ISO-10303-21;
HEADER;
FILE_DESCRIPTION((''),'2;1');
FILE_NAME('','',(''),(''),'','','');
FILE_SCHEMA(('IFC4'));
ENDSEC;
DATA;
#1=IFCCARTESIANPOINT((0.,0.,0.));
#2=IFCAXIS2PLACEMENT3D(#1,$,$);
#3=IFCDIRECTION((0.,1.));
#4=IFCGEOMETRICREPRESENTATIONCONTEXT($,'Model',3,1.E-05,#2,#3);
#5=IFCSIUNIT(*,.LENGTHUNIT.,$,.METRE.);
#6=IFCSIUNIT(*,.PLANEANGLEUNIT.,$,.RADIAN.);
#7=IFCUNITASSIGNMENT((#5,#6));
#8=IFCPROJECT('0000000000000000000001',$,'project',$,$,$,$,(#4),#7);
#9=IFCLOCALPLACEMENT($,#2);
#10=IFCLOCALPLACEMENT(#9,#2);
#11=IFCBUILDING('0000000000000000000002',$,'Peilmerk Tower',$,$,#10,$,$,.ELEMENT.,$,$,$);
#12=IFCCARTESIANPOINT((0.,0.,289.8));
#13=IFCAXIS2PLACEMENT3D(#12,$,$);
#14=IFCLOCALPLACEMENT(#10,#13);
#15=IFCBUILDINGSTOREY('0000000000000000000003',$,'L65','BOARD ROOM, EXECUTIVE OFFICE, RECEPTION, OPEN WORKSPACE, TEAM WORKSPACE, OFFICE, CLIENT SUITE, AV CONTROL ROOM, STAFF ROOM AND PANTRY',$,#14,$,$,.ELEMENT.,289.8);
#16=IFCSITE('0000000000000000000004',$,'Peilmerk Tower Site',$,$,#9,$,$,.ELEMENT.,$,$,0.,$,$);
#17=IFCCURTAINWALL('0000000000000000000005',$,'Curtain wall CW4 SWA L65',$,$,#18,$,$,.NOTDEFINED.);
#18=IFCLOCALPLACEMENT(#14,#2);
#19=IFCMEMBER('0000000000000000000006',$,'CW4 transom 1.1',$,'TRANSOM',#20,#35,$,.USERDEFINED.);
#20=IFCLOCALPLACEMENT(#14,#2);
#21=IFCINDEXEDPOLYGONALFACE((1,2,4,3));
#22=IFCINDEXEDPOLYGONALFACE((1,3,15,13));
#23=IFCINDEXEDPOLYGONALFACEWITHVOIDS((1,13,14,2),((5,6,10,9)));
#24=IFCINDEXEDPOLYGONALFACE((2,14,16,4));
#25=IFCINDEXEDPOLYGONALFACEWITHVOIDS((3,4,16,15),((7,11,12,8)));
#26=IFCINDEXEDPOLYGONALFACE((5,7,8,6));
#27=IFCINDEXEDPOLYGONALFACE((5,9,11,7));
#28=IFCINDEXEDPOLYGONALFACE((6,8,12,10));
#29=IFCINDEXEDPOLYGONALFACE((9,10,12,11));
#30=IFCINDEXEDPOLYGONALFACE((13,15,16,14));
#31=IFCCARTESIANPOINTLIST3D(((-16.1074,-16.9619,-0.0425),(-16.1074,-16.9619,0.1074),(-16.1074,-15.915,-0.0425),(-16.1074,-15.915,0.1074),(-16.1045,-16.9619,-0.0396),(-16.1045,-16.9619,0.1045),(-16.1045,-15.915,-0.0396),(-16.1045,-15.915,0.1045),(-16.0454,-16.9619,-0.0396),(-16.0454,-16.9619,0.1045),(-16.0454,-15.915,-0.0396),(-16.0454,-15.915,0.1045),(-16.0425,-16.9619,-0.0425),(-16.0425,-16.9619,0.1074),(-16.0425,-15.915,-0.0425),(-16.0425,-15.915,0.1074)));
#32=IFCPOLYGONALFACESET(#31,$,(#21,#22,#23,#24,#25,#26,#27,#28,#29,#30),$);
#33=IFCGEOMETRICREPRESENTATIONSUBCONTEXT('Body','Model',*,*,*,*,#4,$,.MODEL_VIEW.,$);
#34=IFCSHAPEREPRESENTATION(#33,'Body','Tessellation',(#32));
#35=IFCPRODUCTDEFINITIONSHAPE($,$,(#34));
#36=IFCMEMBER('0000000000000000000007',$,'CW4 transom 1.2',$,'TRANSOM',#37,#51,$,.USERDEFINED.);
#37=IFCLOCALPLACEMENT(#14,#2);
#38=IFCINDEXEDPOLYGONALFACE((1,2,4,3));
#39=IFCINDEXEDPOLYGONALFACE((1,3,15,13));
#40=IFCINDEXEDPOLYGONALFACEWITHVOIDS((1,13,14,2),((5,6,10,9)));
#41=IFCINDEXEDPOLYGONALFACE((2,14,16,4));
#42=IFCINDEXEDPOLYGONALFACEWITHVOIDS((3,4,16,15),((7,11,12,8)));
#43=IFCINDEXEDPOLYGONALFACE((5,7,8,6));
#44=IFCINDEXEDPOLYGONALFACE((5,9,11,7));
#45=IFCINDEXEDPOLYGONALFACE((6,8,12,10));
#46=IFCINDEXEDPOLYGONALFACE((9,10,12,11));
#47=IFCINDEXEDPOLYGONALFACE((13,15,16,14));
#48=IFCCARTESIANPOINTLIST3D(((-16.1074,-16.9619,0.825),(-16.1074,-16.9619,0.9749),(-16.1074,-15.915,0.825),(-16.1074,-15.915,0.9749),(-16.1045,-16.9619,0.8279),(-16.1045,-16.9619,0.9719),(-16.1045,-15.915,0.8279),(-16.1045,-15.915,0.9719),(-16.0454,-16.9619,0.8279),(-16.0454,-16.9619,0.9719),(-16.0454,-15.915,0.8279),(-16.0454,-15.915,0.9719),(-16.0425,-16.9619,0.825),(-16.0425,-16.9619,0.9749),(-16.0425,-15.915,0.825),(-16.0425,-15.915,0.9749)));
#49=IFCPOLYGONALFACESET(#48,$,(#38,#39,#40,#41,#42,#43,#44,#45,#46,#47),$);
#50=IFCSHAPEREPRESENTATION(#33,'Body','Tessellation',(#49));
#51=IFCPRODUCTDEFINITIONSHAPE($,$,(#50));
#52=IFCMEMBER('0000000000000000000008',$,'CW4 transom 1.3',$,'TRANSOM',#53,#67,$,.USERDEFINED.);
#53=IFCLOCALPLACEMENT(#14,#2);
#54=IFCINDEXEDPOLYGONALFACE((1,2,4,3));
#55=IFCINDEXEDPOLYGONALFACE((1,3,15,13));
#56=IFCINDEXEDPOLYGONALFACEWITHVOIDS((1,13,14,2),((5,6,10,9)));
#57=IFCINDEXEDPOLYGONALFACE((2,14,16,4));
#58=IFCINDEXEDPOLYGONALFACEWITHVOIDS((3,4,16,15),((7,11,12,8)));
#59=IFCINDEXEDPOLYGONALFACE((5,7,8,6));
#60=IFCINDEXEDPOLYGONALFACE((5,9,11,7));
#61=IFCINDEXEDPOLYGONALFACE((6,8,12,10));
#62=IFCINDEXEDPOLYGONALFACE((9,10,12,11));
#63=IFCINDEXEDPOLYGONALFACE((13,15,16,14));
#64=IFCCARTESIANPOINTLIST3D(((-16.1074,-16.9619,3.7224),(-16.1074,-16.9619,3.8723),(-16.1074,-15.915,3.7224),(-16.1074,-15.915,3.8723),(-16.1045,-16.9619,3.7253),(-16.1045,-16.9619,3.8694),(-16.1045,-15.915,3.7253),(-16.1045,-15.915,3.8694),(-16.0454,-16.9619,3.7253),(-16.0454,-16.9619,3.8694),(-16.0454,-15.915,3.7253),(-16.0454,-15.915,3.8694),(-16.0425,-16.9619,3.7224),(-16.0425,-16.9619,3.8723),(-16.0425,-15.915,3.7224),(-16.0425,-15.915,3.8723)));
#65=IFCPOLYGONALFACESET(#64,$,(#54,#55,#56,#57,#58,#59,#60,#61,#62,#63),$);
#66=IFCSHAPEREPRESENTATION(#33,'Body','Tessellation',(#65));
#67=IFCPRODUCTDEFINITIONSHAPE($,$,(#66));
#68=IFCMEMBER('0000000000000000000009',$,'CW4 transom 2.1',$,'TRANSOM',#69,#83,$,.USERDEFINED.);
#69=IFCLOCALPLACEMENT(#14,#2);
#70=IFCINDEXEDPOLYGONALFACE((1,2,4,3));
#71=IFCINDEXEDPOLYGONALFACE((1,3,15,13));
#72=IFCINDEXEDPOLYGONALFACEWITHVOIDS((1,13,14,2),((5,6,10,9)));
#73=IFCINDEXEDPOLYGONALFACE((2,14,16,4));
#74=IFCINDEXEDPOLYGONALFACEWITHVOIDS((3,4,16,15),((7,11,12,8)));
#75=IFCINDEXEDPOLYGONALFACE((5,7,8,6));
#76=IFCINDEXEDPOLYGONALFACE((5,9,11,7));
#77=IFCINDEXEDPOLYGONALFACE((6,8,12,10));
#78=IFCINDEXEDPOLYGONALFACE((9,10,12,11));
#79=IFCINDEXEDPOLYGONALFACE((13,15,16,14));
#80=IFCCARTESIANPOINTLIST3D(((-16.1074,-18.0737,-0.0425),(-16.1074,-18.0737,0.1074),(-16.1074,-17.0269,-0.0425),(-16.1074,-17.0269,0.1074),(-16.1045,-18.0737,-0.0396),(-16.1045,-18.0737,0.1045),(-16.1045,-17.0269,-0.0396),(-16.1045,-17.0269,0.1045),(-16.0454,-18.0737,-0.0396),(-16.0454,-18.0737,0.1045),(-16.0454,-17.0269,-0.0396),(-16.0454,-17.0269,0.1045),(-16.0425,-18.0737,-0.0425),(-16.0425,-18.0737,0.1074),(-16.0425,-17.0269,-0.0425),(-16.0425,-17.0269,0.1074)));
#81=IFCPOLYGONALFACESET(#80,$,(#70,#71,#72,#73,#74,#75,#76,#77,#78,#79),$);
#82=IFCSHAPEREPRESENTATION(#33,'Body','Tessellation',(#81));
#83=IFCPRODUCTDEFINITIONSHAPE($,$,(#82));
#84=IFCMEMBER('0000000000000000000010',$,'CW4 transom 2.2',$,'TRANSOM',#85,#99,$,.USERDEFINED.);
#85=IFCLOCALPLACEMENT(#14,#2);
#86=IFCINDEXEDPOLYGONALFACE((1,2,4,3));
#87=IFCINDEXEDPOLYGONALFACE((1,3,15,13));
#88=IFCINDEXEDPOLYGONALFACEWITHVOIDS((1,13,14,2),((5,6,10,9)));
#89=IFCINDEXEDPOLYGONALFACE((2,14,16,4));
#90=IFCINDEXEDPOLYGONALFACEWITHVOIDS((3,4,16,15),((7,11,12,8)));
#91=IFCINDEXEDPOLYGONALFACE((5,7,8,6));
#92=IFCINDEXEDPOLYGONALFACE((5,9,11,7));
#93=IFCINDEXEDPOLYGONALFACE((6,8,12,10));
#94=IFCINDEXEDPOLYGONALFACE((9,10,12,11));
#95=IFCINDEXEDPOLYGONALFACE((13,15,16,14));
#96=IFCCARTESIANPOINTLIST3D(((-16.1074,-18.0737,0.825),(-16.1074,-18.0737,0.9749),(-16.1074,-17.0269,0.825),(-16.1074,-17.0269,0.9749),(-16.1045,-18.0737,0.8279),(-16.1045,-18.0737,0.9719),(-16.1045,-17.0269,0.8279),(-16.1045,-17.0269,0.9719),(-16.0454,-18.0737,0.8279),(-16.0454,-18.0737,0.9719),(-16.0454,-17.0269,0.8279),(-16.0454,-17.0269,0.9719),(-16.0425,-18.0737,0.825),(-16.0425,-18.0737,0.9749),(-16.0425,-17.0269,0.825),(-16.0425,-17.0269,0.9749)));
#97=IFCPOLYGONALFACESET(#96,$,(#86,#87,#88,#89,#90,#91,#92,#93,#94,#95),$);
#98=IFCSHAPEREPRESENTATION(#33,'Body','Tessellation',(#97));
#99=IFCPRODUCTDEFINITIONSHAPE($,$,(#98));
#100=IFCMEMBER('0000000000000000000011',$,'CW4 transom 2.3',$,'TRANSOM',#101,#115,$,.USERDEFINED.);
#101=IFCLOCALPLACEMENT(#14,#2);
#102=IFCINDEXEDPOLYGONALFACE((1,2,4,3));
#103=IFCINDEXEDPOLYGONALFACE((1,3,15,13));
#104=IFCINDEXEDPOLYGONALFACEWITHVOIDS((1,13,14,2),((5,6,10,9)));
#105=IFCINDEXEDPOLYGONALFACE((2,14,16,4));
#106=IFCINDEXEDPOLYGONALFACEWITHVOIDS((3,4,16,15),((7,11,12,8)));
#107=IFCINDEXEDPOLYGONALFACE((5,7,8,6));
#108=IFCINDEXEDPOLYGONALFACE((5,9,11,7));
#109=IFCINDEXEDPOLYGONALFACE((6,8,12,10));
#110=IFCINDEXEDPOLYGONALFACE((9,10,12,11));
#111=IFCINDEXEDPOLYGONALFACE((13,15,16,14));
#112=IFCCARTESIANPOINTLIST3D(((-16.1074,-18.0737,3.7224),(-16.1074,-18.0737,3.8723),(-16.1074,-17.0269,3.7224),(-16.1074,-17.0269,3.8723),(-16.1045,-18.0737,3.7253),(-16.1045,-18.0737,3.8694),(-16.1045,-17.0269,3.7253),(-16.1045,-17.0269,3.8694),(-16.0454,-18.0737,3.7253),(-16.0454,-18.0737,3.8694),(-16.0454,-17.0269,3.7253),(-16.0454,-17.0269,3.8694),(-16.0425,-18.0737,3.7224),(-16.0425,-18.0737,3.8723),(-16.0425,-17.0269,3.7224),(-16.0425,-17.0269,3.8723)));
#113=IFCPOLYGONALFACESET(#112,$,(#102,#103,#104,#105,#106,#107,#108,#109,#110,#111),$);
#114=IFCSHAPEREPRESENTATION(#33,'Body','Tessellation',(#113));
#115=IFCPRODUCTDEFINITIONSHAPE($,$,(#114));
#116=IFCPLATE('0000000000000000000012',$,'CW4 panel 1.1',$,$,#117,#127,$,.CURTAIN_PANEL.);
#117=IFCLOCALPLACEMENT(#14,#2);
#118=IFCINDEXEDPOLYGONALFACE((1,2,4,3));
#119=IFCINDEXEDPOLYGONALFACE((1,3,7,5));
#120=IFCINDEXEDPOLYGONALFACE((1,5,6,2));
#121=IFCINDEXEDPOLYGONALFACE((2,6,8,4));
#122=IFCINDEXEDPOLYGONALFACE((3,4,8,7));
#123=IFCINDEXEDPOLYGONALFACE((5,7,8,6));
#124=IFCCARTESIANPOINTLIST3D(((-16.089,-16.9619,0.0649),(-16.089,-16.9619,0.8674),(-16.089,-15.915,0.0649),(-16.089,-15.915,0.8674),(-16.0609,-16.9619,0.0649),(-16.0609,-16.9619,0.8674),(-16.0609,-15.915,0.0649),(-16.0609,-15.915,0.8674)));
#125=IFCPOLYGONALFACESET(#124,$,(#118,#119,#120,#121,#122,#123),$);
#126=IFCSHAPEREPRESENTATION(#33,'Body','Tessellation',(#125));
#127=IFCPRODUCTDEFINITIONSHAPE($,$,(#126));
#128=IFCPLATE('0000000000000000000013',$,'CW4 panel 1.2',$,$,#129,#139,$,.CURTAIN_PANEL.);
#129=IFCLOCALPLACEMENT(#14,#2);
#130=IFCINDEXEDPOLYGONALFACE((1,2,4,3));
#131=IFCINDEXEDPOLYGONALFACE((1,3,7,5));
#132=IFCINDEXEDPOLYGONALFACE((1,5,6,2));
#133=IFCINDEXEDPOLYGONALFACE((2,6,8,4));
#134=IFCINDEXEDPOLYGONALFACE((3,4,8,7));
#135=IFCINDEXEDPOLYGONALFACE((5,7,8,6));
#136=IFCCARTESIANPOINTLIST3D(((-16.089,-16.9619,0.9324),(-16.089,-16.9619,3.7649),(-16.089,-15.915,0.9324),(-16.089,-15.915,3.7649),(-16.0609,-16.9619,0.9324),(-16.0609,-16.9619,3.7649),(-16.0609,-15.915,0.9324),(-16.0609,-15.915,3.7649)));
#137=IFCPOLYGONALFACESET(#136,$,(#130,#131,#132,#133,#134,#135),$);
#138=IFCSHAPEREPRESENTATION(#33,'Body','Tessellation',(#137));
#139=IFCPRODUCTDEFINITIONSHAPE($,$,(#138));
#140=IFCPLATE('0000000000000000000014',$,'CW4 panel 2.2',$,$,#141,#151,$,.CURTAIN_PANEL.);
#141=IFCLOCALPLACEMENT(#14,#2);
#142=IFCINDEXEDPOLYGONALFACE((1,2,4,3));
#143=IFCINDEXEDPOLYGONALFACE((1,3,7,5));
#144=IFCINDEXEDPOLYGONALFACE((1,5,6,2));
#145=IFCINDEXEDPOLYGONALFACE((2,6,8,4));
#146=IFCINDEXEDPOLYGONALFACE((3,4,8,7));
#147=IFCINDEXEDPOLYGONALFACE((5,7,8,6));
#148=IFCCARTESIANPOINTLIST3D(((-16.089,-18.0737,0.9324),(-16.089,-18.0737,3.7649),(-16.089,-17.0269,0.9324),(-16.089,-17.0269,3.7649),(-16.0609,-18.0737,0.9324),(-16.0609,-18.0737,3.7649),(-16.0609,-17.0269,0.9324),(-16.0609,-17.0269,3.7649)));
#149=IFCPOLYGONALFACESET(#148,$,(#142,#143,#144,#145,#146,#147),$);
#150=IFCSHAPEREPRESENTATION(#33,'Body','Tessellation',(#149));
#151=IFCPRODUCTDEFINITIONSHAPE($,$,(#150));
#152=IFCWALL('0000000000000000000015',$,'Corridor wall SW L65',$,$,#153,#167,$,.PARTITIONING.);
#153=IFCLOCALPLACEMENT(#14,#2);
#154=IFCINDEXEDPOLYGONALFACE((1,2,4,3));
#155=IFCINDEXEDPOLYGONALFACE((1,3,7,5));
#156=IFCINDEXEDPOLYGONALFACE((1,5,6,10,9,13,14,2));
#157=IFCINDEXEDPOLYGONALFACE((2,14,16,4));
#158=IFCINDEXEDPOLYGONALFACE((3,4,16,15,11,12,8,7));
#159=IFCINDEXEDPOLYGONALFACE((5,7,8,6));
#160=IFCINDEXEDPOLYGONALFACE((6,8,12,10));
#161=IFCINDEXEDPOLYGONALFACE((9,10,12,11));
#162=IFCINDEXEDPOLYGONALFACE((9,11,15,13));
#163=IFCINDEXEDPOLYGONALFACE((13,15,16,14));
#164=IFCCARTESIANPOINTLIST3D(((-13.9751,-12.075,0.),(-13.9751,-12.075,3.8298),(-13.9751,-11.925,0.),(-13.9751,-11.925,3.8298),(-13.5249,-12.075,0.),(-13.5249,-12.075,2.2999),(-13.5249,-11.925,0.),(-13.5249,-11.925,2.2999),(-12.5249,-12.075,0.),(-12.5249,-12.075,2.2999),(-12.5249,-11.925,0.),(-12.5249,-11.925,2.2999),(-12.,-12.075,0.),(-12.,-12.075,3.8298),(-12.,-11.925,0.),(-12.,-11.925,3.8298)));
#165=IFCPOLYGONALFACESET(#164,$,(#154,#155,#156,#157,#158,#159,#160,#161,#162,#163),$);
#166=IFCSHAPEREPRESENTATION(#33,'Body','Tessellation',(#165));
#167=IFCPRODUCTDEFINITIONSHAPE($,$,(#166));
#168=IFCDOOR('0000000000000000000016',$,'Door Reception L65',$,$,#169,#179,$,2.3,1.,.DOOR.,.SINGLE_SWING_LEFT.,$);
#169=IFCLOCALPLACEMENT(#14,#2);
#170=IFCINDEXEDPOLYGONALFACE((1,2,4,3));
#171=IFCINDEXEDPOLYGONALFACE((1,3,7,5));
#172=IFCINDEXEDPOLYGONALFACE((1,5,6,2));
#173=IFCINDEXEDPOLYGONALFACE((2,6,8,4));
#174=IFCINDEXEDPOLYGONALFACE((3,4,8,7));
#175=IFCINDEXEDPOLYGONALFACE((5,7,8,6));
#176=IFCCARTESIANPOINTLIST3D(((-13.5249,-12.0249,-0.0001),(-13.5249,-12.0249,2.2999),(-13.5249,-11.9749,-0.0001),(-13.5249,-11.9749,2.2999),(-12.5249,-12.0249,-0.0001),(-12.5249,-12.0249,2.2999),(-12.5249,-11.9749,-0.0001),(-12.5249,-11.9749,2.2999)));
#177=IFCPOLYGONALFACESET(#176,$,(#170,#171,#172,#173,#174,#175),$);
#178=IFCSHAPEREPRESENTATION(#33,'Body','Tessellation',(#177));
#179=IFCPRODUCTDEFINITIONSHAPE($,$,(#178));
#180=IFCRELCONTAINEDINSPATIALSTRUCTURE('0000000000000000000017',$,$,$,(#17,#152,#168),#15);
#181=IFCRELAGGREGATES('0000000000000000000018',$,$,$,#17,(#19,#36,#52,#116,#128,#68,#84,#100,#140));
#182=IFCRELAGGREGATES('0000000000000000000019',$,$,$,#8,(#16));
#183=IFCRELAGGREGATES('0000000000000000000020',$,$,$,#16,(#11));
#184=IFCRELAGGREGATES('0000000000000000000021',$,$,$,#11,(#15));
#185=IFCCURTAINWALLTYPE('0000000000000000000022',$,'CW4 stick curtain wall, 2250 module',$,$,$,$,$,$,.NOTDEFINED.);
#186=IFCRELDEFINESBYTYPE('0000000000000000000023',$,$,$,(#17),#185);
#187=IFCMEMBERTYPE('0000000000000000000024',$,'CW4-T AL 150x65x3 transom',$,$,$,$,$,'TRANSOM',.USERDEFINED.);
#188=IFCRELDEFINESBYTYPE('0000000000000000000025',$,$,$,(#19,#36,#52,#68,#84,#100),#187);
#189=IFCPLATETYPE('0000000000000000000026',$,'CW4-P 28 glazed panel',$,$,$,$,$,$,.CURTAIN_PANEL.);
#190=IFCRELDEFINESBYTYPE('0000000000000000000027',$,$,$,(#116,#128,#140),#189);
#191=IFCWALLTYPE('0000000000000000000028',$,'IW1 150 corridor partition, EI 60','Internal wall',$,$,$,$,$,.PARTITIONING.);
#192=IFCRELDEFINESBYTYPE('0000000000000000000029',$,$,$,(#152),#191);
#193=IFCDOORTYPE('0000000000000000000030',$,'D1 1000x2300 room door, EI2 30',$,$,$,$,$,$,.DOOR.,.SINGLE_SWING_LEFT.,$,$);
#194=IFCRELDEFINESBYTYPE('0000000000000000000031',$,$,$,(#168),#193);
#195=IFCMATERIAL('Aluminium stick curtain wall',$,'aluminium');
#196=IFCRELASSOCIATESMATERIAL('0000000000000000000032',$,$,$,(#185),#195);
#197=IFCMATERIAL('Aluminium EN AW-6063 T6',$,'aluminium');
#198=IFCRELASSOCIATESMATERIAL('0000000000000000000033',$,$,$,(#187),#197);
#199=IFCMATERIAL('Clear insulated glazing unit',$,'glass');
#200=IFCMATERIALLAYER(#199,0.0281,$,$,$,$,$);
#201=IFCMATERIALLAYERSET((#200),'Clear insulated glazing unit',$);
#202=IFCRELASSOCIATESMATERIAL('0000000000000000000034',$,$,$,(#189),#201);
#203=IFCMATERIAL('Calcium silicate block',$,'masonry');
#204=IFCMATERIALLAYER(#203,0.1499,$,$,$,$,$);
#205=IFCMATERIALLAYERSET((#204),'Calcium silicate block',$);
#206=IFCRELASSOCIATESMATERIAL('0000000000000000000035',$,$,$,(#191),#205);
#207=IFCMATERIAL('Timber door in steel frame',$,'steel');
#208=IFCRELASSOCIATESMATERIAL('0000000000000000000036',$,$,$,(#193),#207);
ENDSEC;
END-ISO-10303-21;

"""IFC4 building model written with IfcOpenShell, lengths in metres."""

from ifc_helpers import new_model, si_unit, direction, frame, frame_2d, origin, origin_2d, place, context, subcontext, project, spatial, rectangle, hollow_rectangle, extrude, material, layer, layer_set, material_profile, profile_set, type_object, element, fill, aggregate, save


model = new_model("IFC4")

# Units and contexts
model_context = context("Model", 3, precision=1e-05, world=origin(), true_north=direction((0.0, 1.0)))
body_context = subcontext(model_context, "Body", "Model", "MODEL_VIEW")
ifc_project = project(units=[si_unit("LENGTHUNIT", "METRE"), si_unit("PLANEANGLEUNIT", "RADIAN")], contexts=[model_context])

# Site, building, storey
site_placement = place(None, origin())
site = spatial("IfcSite", under=ifc_project, at=site_placement, Name="Peilmerk Tower Site", CompositionType="ELEMENT", RefElevation=0.0)
building_placement = place(site_placement, origin())
building = spatial("IfcBuilding", under=site, at=building_placement, Name="Peilmerk Tower", CompositionType="ELEMENT")
storey_placement = place(building_placement, frame((0.0, 0.0, 289.8)))
storey = spatial("IfcBuildingStorey", under=building, at=storey_placement, Name="L65", Description="BOARD ROOM, EXECUTIVE OFFICE, RECEPTION, OPEN WORKSPACE, TEAM WORKSPACE, OFFICE, CLIENT SUITE, AV CONTROL ROOM, STAFF ROOM AND PANTRY", CompositionType="ELEMENT", Elevation=289.8)

# Curtain wall, members, plates
ifc_material_1 = material(Name="Aluminium stick curtain wall", Category="aluminium")
curtain_wall_type = type_object("IfcCurtainWallType", Name="CW4 stick curtain wall, 2250 module", PredefinedType="NOTDEFINED", material=ifc_material_1)
curtain_wall_placement = place(storey_placement, origin())
curtain_wall = element("IfcCurtainWall", 1, at=curtain_wall_placement, inside=storey, type_object=curtain_wall_type, Name="Curtain wall CW4 SWA L65", PredefinedType="NOTDEFINED")
ifc_material_2 = material(Name="Aluminium EN AW-6063 T6", Category="aluminium")
ifc_material_profile_1 = material_profile(ifc_material_2, hollow_rectangle(XDim=0.0649, YDim=0.1499, WallThickness=0.0029, at=origin_2d()), Name="AL 150x65x3")
ifc_profile_set_1 = profile_set([ifc_material_profile_1], Name="Aluminium EN AW-6063 T6")
member_type_1 = type_object("IfcMemberType", Name="CW4-T AL 150x65x3 transom", ElementType="TRANSOM", PredefinedType="USERDEFINED", material=ifc_profile_set_1)
member_1_placement = place(storey_placement, frame((-16.075, -15.915, 0.0325), z_axis=(0.0, -1.0, 0.0), x_axis=(1.0, 0.0, 0.0)))
member_1 = element("IfcMember", 2, at=member_1_placement, type_object=member_type_1, Name="CW4 transom 1.1", ObjectType="TRANSOM", PredefinedType="USERDEFINED", context=body_context, shape_type="SweptSolid", body=[
    extrude(hollow_rectangle(XDim=0.0649, YDim=0.1499, WallThickness=0.0029, at=origin_2d()), origin(), (0.0, 0.0, 1.0), 1.0469),
])
member_2_placement = place(storey_placement, frame((-16.075, -15.915, 0.8999), z_axis=(0.0, -1.0, 0.0), x_axis=(1.0, 0.0, 0.0)))
member_2 = element("IfcMember", 3, at=member_2_placement, type_object=member_type_1, Name="CW4 transom 1.2", ObjectType="TRANSOM", PredefinedType="USERDEFINED", context=body_context, shape_type="SweptSolid", body=[
    extrude(hollow_rectangle(XDim=0.0649, YDim=0.1499, WallThickness=0.0029, at=origin_2d()), origin(), (0.0, 0.0, 1.0), 1.0469),
])
member_3_placement = place(storey_placement, frame((-16.075, -15.915, 3.7974), z_axis=(0.0, -1.0, 0.0), x_axis=(1.0, 0.0, 0.0)))
member_3 = element("IfcMember", 4, at=member_3_placement, type_object=member_type_1, Name="CW4 transom 1.3", ObjectType="TRANSOM", PredefinedType="USERDEFINED", context=body_context, shape_type="SweptSolid", body=[
    extrude(hollow_rectangle(XDim=0.0649, YDim=0.1499, WallThickness=0.0029, at=origin_2d()), origin(), (0.0, 0.0, 1.0), 1.0469),
])
member_4_placement = place(storey_placement, frame((-16.075, -17.0269, 0.0325), z_axis=(0.0, -1.0, 0.0), x_axis=(1.0, 0.0, 0.0)))
member_4 = element("IfcMember", 5, at=member_4_placement, type_object=member_type_1, Name="CW4 transom 2.1", ObjectType="TRANSOM", PredefinedType="USERDEFINED", context=body_context, shape_type="SweptSolid", body=[
    extrude(hollow_rectangle(XDim=0.0649, YDim=0.1499, WallThickness=0.0029, at=origin_2d()), origin(), (0.0, 0.0, 1.0), 1.0469),
])
member_5_placement = place(storey_placement, frame((-16.075, -17.0269, 0.8999), z_axis=(0.0, -1.0, 0.0), x_axis=(1.0, 0.0, 0.0)))
member_5 = element("IfcMember", 6, at=member_5_placement, type_object=member_type_1, Name="CW4 transom 2.2", ObjectType="TRANSOM", PredefinedType="USERDEFINED", context=body_context, shape_type="SweptSolid", body=[
    extrude(hollow_rectangle(XDim=0.0649, YDim=0.1499, WallThickness=0.0029, at=origin_2d()), origin(), (0.0, 0.0, 1.0), 1.0469),
])
member_6_placement = place(storey_placement, frame((-16.075, -17.0269, 3.7974), z_axis=(0.0, -1.0, 0.0), x_axis=(1.0, 0.0, 0.0)))
member_6 = element("IfcMember", 7, at=member_6_placement, type_object=member_type_1, Name="CW4 transom 2.3", ObjectType="TRANSOM", PredefinedType="USERDEFINED", context=body_context, shape_type="SweptSolid", body=[
    extrude(hollow_rectangle(XDim=0.0649, YDim=0.1499, WallThickness=0.0029, at=origin_2d()), origin(), (0.0, 0.0, 1.0), 1.0469),
])
ifc_material_3 = material(Name="Clear insulated glazing unit", Category="glass")
ifc_layer_1 = layer(ifc_material_3, 0.0281)
ifc_layer_set_1 = layer_set([ifc_layer_1], Name="Clear insulated glazing unit")
plate_type = type_object("IfcPlateType", Name="CW4-P 28 glazed panel", PredefinedType="CURTAIN_PANEL", material=ifc_layer_set_1)
plate_1_placement = place(storey_placement, frame((-16.075, -16.4385, 0.0649), z_axis=(0.0, 0.0, 1.0), x_axis=(0.0, -1.0, 0.0)))
plate_1 = element("IfcPlate", 8, at=plate_1_placement, type_object=plate_type, Name="CW4 panel 1.1", PredefinedType="CURTAIN_PANEL", context=body_context, shape_type="SweptSolid", body=[
    extrude(rectangle(XDim=1.0469, YDim=0.0281, at=origin_2d()), origin(), (0.0, 0.0, 1.0), 0.8025),
])
plate_2_placement = place(storey_placement, frame((-16.075, -16.4385, 0.9324), z_axis=(0.0, 0.0, 1.0), x_axis=(0.0, -1.0, 0.0)))
plate_2 = element("IfcPlate", 9, at=plate_2_placement, type_object=plate_type, Name="CW4 panel 1.2", PredefinedType="CURTAIN_PANEL", context=body_context, shape_type="SweptSolid", body=[
    extrude(rectangle(XDim=1.0469, YDim=0.0281, at=origin_2d()), origin(), (0.0, 0.0, 1.0), 2.8325),
])
plate_3_placement = place(storey_placement, frame((-16.075, -17.5503, 0.9324), z_axis=(0.0, 0.0, 1.0), x_axis=(0.0, -1.0, 0.0)))
plate_3 = element("IfcPlate", 10, at=plate_3_placement, type_object=plate_type, Name="CW4 panel 2.2", PredefinedType="CURTAIN_PANEL", context=body_context, shape_type="SweptSolid", body=[
    extrude(rectangle(XDim=1.0469, YDim=0.0281, at=origin_2d()), origin(), (0.0, 0.0, 1.0), 2.8325),
])
aggregate(curtain_wall, [member_1, member_2, member_3, plate_1, plate_2, member_4, member_5, member_6, plate_3])

# Wall, opening, door
ifc_material_4 = material(Name="Calcium silicate block", Category="masonry")
ifc_layer_2 = layer(ifc_material_4, 0.1499)
ifc_layer_set_2 = layer_set([ifc_layer_2], Name="Calcium silicate block")
wall_type_1 = type_object("IfcWallType", Name="IW1 150 corridor partition, EI 60", Description="Internal wall", PredefinedType="PARTITIONING", material=ifc_layer_set_2)
wall_1_placement = place(storey_placement, frame((-12.0, -12.0, 0.0), z_axis=(0.0, 0.0, 1.0), x_axis=(-1.0, 0.0, 0.0)))
wall_1 = element("IfcWall", 11, at=wall_1_placement, inside=storey, type_object=wall_type_1, Name="Corridor wall SW L65", PredefinedType="PARTITIONING", context=body_context, shape_type="SweptSolid", body=[
    extrude(rectangle(XDim=1.9751, YDim=0.1499, at=frame_2d((0.9875, 0.0))), origin(), (0.0, 0.0, 1.0), 3.8298),
])
opening_placement = place(wall_1_placement, frame((0.5249, 0.0, 0.0)))
opening = element("IfcOpeningElement", 12, at=opening_placement, cuts=wall_1, PredefinedType="OPENING", context=body_context, shape_type="SweptSolid", body=[
    extrude(rectangle(XDim=1.0, YDim=2.3, at=frame_2d((0.5, 1.1499))), frame((0.0, 0.085, 0.0), z_axis=(0.0, -1.0, 0.0), x_axis=(1.0, 0.0, 0.0)), (0.0, 0.0, 1.0), 0.1699),
])
ifc_material_5 = material(Name="Timber door in steel frame", Category="steel")
door_type = type_object("IfcDoorType", Name="D1 1000x2300 room door, EI2 30", OperationType="SINGLE_SWING_LEFT", PredefinedType="DOOR", material=ifc_material_5)
door_placement = place(opening_placement, origin())
door = element("IfcDoor", 13, at=door_placement, inside=storey, type_object=door_type, Name="Door Reception L65", OperationType="SINGLE_SWING_LEFT", OverallHeight=2.3, OverallWidth=1.0, PredefinedType="DOOR", context=body_context, shape_type="SweptSolid", body=[
    extrude(rectangle(XDim=1.0, YDim=2.3, at=frame_2d((0.5, 1.1499))), frame((0.0, 0.0249, 0.0), z_axis=(0.0, -1.0, 0.0), x_axis=(1.0, 0.0, 0.0)), (0.0, 0.0, 1.0), 0.05),
])
fill(opening, door)

save(model, "model.ifc")
